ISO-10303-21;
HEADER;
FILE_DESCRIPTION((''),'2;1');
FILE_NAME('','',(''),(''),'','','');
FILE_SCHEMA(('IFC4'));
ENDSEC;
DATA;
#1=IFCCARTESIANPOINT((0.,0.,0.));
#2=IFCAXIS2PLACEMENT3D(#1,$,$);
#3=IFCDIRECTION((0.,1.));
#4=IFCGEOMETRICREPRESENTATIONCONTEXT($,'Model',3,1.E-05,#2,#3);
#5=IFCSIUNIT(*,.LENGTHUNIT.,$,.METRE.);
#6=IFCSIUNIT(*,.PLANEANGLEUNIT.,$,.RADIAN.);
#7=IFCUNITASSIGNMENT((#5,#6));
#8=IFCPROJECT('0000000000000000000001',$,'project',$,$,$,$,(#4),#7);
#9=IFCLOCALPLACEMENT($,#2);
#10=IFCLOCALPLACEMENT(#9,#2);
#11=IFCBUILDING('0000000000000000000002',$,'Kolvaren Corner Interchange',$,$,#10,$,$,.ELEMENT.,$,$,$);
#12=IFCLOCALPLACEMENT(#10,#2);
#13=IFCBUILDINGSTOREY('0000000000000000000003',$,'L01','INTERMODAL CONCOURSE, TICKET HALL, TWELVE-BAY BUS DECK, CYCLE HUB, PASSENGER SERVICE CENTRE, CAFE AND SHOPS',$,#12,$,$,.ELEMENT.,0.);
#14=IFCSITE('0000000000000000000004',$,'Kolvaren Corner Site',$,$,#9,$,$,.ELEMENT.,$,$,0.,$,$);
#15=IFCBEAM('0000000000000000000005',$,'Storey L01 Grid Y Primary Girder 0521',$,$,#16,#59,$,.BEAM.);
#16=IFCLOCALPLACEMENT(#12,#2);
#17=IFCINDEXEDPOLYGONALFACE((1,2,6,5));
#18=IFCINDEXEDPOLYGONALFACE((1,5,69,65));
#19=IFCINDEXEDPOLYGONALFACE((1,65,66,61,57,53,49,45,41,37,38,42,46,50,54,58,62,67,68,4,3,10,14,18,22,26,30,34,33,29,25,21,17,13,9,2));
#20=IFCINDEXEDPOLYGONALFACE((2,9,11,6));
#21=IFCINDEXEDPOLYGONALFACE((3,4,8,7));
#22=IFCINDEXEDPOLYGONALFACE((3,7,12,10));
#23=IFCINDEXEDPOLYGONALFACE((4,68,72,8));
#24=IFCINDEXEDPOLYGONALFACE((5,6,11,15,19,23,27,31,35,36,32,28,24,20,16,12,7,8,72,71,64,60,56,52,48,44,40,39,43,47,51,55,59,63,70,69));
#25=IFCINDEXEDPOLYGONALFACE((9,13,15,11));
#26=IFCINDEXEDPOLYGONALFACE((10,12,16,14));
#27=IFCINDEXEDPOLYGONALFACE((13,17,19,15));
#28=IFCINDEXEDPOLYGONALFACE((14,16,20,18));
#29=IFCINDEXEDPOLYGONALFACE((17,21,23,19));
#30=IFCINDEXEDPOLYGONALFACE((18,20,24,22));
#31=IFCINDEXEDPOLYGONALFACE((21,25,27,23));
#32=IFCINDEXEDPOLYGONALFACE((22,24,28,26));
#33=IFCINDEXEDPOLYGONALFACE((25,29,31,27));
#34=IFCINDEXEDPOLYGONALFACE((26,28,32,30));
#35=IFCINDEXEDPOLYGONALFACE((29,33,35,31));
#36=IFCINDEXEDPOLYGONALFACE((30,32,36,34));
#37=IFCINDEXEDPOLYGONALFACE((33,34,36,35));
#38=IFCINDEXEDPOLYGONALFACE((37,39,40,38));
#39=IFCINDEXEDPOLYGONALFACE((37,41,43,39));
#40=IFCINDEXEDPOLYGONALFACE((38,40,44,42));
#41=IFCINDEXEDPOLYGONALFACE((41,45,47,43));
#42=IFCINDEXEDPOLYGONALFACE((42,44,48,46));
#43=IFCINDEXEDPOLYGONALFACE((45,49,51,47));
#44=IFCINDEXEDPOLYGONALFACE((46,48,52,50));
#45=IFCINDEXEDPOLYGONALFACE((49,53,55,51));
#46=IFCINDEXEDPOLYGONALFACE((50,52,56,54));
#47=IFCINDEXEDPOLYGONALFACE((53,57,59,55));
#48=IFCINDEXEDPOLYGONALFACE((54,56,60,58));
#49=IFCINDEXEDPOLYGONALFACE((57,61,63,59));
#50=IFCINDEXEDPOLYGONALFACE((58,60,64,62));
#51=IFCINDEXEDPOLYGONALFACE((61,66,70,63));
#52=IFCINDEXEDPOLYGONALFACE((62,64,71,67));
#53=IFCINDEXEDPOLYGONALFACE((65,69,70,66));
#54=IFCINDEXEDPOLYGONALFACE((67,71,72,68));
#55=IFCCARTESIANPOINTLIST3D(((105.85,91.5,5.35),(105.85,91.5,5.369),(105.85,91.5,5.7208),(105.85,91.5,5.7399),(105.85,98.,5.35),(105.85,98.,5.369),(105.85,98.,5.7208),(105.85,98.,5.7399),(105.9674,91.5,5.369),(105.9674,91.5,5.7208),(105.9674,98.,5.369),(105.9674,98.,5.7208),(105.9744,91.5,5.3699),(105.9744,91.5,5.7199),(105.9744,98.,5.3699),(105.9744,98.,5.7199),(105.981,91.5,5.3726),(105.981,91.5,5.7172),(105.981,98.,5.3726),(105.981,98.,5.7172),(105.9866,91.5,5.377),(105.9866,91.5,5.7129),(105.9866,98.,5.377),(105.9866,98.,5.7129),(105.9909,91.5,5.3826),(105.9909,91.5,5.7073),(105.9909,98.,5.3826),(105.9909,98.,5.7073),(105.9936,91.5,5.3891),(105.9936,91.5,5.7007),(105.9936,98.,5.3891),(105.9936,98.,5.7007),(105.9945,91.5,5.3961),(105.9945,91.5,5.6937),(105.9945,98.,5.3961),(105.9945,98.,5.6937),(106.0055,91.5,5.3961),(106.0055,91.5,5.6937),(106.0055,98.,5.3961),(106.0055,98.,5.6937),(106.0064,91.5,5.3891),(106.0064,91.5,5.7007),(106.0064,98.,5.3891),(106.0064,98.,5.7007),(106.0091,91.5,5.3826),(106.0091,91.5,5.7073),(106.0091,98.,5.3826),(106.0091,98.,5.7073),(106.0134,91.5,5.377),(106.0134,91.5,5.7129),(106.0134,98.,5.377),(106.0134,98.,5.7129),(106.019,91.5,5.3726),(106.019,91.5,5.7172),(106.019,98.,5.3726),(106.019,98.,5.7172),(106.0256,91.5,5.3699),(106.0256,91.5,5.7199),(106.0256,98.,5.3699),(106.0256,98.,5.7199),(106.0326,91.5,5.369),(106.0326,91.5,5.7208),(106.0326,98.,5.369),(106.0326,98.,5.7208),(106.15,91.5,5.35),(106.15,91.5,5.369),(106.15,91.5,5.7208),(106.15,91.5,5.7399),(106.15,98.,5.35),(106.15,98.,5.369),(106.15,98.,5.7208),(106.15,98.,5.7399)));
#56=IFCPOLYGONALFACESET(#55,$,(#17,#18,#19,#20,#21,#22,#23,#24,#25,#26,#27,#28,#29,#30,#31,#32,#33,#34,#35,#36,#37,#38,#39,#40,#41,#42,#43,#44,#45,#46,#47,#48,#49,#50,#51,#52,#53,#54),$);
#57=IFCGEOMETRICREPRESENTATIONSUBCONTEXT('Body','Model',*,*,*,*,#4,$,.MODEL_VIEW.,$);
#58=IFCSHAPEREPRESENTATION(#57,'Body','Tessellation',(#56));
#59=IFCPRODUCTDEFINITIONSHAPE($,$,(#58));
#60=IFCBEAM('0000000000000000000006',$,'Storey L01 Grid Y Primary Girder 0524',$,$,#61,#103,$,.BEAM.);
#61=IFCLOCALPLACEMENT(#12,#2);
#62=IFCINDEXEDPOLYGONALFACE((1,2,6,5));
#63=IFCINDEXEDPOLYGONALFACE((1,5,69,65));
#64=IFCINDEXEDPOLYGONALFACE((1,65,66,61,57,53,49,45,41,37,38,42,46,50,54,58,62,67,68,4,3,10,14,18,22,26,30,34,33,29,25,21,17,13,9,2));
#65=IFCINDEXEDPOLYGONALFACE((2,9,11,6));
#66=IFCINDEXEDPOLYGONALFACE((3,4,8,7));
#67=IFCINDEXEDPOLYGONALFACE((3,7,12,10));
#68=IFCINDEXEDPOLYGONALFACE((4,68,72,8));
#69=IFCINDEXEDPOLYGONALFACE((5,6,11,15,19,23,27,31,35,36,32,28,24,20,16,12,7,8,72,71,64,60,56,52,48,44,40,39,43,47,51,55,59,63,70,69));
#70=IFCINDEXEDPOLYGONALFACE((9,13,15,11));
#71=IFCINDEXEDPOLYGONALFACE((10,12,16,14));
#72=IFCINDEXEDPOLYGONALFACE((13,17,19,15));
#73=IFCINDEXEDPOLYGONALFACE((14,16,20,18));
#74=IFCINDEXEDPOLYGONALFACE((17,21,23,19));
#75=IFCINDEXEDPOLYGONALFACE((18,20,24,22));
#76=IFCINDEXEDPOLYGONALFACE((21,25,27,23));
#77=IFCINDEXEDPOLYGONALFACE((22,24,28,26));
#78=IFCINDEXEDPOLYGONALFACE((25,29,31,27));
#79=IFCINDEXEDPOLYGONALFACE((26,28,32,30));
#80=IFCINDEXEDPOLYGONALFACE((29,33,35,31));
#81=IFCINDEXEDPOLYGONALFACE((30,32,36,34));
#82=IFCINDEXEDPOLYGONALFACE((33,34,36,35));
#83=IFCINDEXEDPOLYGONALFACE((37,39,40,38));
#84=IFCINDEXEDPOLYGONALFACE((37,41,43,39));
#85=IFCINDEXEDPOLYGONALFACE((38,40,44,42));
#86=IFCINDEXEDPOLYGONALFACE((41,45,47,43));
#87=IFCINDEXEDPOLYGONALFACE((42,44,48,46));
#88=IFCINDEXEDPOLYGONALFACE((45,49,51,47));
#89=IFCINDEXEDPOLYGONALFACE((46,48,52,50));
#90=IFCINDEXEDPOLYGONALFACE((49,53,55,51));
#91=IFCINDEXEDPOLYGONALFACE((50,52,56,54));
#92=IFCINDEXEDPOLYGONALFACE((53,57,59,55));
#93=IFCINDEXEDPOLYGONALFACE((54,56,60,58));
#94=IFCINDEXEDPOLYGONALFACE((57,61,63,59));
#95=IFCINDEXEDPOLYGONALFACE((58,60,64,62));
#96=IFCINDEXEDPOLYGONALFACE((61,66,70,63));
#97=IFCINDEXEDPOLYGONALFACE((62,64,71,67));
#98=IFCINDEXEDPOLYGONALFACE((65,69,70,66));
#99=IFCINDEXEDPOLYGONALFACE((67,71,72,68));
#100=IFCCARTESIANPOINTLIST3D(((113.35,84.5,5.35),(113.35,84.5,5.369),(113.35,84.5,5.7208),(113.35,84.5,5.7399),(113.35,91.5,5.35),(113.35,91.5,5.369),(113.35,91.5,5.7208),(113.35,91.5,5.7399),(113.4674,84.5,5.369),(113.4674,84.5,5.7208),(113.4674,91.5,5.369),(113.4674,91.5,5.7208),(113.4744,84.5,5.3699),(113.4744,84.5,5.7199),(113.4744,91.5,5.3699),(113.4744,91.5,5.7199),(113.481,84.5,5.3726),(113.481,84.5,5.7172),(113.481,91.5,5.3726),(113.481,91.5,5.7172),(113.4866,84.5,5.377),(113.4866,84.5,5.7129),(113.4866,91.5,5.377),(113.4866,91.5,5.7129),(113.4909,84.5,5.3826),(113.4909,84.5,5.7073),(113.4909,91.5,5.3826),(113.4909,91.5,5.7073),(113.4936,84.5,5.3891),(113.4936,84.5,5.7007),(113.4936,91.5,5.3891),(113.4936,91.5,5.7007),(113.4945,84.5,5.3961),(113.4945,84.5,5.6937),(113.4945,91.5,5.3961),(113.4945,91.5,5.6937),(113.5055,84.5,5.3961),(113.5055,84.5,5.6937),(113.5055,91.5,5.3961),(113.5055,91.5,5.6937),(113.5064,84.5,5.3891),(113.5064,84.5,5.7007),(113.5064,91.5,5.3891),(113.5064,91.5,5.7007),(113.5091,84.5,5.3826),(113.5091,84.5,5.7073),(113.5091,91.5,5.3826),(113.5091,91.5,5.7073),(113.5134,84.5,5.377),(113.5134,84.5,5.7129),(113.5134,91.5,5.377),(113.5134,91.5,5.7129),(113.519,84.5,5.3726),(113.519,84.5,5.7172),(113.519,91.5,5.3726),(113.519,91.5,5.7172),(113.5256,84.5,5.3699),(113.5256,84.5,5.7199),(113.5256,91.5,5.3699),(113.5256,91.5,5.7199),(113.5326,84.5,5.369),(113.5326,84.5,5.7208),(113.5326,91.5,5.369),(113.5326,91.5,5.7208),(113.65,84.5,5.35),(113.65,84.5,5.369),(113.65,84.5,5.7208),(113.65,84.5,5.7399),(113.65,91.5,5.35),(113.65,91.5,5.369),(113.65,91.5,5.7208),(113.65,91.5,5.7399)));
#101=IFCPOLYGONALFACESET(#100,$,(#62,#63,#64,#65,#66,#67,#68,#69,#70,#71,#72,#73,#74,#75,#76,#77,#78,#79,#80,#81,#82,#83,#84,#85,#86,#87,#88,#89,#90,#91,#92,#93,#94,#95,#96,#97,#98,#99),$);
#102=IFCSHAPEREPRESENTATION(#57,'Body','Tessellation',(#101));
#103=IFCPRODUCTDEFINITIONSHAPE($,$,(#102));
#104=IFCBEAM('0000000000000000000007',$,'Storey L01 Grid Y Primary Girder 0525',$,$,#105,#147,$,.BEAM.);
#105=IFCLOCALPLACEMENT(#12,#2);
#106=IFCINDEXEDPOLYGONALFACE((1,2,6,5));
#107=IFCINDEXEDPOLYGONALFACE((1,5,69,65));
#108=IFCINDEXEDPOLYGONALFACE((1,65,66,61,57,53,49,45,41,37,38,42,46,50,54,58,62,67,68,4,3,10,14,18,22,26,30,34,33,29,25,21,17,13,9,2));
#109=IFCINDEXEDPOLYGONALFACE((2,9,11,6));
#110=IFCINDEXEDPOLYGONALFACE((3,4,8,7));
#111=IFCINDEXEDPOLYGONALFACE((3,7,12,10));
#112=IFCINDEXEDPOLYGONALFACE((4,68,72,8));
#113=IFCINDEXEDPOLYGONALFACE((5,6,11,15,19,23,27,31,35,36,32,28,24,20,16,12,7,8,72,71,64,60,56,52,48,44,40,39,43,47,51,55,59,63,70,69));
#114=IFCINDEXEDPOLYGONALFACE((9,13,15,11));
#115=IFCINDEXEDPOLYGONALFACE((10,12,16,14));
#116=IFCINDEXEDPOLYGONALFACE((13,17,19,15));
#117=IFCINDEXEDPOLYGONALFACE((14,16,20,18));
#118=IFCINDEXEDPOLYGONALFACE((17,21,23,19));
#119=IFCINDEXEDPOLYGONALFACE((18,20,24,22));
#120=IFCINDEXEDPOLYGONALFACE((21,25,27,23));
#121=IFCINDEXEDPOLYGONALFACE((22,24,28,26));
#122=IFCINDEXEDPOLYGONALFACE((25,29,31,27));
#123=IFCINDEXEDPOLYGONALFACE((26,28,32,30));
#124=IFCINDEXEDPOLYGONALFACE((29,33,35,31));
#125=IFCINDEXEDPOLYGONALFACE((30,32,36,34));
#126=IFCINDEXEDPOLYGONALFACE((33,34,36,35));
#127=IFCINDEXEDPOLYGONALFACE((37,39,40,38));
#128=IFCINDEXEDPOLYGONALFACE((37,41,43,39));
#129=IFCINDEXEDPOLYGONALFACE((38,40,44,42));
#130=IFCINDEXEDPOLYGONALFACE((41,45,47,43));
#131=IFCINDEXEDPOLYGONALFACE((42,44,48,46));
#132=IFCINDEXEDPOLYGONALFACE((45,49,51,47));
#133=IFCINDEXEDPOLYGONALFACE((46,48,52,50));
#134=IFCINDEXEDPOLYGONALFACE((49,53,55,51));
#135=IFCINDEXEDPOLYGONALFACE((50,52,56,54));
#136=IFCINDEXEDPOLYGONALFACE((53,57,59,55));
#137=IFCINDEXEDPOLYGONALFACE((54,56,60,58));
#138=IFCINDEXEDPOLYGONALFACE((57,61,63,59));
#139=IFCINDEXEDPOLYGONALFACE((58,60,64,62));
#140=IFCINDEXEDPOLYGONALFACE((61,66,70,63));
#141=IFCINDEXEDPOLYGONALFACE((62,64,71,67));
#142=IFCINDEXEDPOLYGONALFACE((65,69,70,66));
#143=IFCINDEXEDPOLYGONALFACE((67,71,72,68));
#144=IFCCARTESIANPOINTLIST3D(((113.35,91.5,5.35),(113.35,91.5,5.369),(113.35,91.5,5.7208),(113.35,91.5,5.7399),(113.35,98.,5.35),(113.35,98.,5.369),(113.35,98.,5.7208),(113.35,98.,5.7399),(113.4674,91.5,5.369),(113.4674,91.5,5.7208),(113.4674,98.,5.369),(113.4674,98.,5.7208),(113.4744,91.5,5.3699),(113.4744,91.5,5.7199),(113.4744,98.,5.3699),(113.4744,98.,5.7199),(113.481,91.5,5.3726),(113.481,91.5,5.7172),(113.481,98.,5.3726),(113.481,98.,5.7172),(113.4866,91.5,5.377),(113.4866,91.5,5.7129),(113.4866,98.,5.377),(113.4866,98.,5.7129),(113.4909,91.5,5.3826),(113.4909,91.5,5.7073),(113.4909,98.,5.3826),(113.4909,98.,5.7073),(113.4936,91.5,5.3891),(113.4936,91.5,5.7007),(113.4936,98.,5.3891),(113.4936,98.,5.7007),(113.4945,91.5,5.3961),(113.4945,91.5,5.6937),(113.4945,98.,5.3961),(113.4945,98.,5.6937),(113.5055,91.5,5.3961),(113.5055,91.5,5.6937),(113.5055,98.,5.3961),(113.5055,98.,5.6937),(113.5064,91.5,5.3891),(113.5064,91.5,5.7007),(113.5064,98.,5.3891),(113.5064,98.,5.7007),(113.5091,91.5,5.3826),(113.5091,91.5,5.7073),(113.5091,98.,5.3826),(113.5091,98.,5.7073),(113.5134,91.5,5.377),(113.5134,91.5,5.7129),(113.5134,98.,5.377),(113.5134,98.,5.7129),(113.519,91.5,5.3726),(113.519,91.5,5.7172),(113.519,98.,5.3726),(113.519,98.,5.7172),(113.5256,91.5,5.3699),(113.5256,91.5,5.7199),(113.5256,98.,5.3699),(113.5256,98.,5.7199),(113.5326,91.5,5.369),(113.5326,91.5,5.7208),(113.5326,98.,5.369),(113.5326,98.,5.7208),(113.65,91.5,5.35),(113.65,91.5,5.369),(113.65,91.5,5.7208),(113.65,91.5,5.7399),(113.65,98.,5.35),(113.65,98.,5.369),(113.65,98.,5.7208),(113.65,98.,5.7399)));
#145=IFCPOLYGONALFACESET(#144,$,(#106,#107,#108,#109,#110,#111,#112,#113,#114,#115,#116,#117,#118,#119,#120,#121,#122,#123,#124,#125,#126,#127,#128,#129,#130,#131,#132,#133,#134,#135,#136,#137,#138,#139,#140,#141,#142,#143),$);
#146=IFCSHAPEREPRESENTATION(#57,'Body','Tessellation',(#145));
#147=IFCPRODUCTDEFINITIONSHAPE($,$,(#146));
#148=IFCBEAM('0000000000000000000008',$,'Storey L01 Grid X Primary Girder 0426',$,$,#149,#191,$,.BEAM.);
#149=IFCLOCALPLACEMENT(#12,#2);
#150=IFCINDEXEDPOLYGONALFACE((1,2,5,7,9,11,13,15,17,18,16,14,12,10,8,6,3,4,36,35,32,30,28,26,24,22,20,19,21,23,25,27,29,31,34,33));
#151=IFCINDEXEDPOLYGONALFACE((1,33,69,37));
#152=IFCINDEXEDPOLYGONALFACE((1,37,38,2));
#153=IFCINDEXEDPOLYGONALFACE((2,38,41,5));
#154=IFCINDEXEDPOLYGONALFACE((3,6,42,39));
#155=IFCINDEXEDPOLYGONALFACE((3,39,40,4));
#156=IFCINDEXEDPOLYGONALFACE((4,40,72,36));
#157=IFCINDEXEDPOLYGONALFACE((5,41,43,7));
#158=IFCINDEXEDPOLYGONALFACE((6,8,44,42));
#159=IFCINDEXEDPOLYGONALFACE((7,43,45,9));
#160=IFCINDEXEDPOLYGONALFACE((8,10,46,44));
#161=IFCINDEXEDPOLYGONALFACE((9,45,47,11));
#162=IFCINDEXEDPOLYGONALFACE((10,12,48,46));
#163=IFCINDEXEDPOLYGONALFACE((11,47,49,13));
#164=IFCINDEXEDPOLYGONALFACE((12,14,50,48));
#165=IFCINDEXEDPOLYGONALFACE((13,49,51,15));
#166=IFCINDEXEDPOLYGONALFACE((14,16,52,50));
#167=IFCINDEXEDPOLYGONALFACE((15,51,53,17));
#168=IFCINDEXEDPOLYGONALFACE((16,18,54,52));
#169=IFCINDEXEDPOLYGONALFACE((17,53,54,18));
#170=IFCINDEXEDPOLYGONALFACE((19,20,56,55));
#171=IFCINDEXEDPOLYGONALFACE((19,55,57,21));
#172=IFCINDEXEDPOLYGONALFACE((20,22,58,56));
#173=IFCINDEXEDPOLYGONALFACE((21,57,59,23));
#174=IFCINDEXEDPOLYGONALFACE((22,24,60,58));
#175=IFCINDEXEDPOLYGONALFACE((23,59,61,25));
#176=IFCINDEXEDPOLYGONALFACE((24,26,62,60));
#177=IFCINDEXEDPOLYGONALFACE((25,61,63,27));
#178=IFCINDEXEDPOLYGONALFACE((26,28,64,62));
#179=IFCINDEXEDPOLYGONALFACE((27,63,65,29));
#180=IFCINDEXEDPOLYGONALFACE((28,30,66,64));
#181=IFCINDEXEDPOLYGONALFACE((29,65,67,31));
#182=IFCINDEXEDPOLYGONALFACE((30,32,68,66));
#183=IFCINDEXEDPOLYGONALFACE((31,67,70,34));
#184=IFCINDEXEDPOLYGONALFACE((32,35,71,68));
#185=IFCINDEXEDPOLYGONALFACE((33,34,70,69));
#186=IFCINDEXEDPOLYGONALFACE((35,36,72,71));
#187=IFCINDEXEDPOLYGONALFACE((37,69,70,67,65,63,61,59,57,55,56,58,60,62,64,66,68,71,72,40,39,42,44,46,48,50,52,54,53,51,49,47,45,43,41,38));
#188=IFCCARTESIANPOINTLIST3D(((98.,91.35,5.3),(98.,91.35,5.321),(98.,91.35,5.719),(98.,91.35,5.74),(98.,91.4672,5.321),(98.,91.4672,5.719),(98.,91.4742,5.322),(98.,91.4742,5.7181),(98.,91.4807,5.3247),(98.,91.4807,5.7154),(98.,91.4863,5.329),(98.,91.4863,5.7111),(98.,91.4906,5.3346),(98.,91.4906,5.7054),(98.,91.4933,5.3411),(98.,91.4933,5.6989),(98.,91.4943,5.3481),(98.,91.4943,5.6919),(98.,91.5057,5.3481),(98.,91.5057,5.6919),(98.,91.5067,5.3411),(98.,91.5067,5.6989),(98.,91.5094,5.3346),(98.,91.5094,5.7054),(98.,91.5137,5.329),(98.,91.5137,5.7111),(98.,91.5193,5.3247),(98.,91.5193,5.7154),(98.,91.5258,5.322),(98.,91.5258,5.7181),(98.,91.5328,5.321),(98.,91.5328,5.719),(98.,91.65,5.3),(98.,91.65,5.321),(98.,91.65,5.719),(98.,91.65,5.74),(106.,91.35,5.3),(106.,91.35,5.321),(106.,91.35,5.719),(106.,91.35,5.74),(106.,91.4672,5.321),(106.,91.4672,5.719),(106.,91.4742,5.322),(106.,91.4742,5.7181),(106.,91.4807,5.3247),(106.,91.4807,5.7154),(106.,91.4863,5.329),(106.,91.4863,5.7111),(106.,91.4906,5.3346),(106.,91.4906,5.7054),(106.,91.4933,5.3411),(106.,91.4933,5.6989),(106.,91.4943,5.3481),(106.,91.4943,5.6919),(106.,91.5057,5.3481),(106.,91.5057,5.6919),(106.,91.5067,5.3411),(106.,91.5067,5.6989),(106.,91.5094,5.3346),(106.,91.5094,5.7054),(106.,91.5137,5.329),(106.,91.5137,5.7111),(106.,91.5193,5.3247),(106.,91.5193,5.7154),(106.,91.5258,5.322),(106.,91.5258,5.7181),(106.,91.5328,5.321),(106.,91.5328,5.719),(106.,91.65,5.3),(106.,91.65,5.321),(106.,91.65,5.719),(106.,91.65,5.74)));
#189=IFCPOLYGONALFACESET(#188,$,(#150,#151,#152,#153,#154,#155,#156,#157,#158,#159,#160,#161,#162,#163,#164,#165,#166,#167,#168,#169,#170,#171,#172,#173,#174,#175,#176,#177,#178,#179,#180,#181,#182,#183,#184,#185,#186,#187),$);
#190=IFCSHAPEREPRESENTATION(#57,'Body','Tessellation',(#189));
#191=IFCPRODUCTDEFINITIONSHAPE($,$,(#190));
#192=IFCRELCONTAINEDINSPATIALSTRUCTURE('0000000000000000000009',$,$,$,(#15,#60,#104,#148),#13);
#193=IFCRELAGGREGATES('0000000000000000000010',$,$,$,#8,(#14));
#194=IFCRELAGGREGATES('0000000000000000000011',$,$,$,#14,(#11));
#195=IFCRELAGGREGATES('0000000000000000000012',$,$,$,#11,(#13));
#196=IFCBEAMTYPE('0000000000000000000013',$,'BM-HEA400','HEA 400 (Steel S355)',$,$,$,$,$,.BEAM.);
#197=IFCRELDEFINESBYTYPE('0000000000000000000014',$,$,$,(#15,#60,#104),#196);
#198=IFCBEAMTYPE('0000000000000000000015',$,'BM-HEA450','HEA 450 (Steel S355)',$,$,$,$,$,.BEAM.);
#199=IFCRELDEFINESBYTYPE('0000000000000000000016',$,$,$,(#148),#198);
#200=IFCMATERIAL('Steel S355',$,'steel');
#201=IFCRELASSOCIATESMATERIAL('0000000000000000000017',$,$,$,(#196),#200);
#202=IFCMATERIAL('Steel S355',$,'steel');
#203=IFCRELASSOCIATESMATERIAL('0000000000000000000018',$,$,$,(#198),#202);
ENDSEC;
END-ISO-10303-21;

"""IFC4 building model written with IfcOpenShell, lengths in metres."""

from ifc_helpers import new_model, si_unit, direction, frame, origin, origin_2d, place, context, subcontext, project, spatial, i_section, extrude, material, material_profile, profile_set, type_object, element, save


model = new_model("IFC4")

# Units and contexts
model_context = context("Model", 3, precision=1e-05, world=origin(), true_north=direction((0.0, 1.0)))
body_context = subcontext(model_context, "Body", "Model", "MODEL_VIEW")
ifc_project = project(units=[si_unit("LENGTHUNIT", "METRE"), si_unit("PLANEANGLEUNIT", "RADIAN")], contexts=[model_context])

# Site, building, storey
site_placement = place(None, origin())
site = spatial("IfcSite", under=ifc_project, at=site_placement, Name="Kolvaren Corner Site", CompositionType="ELEMENT", RefElevation=0.0)
building_placement = place(site_placement, origin())
building = spatial("IfcBuilding", under=site, at=building_placement, Name="Kolvaren Corner Interchange", CompositionType="ELEMENT")
storey_placement = place(building_placement, origin())
storey = spatial("IfcBuildingStorey", under=building, at=storey_placement, Name="L01", Description="INTERMODAL CONCOURSE, TICKET HALL, TWELVE-BAY BUS DECK, CYCLE HUB, PASSENGER SERVICE CENTRE, CAFE AND SHOPS", CompositionType="ELEMENT", Elevation=0.0)

# Beams
ifc_material_1 = material(Name="Steel S355", Category="steel")
ifc_material_profile_1 = material_profile(ifc_material_1, i_section(OverallWidth=0.3, OverallDepth=0.3899, WebThickness=0.011, FlangeThickness=0.019, FilletRadius=0.0271, at=origin_2d()), Name="HEA 400")
ifc_profile_set_1 = profile_set([ifc_material_profile_1], Name="Steel S355")
beam_type_1 = type_object("IfcBeamType", Name="BM-HEA400", Description="HEA 400 (Steel S355)", PredefinedType="BEAM", material=ifc_profile_set_1)
for number, where, z_axis, x_axis, name in (
    (1, (106.0, 91.5, 5.5449), (0.0, 1.0, 0.0), (-1.0, 0.0, 0.0), "Storey L01 Grid Y Primary Girder 0521"),
):
    element("IfcBeam", number, at=place(storey_placement, frame(where, z_axis=z_axis, x_axis=x_axis)), inside=storey, type_object=beam_type_1, Name=name, PredefinedType="BEAM", context=body_context, shape_type="SweptSolid", body=[
        extrude(i_section(OverallWidth=0.3, OverallDepth=0.3899, WebThickness=0.011, FlangeThickness=0.019, FilletRadius=0.0271, at=origin_2d()), origin(), (0.0, 0.0, 1.0), 6.5),
    ])
beam_1_placement = place(storey_placement, frame((113.5, 84.5, 5.5449), z_axis=(0.0, 1.0, 0.0), x_axis=(-1.0, 0.0, 0.0)))
element("IfcBeam", 2, at=beam_1_placement, inside=storey, type_object=beam_type_1, Name="Storey L01 Grid Y Primary Girder 0524", PredefinedType="BEAM", context=body_context, shape_type="SweptSolid", body=[
    extrude(i_section(OverallWidth=0.3, OverallDepth=0.3899, WebThickness=0.011, FlangeThickness=0.019, FilletRadius=0.0271, at=origin_2d()), origin(), (0.0, 0.0, 1.0), 7.0),
])
beam_2_placement = place(storey_placement, frame((113.5, 91.5, 5.5449), z_axis=(0.0, 1.0, 0.0), x_axis=(-1.0, 0.0, 0.0)))
element("IfcBeam", 3, at=beam_2_placement, inside=storey, type_object=beam_type_1, Name="Storey L01 Grid Y Primary Girder 0525", PredefinedType="BEAM", context=body_context, shape_type="SweptSolid", body=[
    extrude(i_section(OverallWidth=0.3, OverallDepth=0.3899, WebThickness=0.011, FlangeThickness=0.019, FilletRadius=0.0271, at=origin_2d()), origin(), (0.0, 0.0, 1.0), 6.5),
])
ifc_material_2 = material(Name="Steel S355", Category="steel")
ifc_material_profile_2 = material_profile(ifc_material_2, i_section(OverallWidth=0.3, OverallDepth=0.4399, WebThickness=0.0115, FlangeThickness=0.021, FilletRadius=0.0271, at=origin_2d()), Name="HEA 450")
ifc_profile_set_2 = profile_set([ifc_material_profile_2], Name="Steel S355")
beam_type_2 = type_object("IfcBeamType", Name="BM-HEA450", Description="HEA 450 (Steel S355)", PredefinedType="BEAM", material=ifc_profile_set_2)
beam_3_placement = place(storey_placement, frame((98.0, 91.5, 5.52), z_axis=(1.0, 0.0, 0.0), x_axis=(0.0, 1.0, 0.0)))
element("IfcBeam", 4, at=beam_3_placement, inside=storey, type_object=beam_type_2, Name="Storey L01 Grid X Primary Girder 0426", PredefinedType="BEAM", context=body_context, shape_type="SweptSolid", body=[
    extrude(i_section(OverallWidth=0.3, OverallDepth=0.4399, WebThickness=0.0115, FlangeThickness=0.021, FilletRadius=0.0271, at=origin_2d()), origin(), (0.0, 0.0, 1.0), 8.0),
])

save(model, "model.ifc")
